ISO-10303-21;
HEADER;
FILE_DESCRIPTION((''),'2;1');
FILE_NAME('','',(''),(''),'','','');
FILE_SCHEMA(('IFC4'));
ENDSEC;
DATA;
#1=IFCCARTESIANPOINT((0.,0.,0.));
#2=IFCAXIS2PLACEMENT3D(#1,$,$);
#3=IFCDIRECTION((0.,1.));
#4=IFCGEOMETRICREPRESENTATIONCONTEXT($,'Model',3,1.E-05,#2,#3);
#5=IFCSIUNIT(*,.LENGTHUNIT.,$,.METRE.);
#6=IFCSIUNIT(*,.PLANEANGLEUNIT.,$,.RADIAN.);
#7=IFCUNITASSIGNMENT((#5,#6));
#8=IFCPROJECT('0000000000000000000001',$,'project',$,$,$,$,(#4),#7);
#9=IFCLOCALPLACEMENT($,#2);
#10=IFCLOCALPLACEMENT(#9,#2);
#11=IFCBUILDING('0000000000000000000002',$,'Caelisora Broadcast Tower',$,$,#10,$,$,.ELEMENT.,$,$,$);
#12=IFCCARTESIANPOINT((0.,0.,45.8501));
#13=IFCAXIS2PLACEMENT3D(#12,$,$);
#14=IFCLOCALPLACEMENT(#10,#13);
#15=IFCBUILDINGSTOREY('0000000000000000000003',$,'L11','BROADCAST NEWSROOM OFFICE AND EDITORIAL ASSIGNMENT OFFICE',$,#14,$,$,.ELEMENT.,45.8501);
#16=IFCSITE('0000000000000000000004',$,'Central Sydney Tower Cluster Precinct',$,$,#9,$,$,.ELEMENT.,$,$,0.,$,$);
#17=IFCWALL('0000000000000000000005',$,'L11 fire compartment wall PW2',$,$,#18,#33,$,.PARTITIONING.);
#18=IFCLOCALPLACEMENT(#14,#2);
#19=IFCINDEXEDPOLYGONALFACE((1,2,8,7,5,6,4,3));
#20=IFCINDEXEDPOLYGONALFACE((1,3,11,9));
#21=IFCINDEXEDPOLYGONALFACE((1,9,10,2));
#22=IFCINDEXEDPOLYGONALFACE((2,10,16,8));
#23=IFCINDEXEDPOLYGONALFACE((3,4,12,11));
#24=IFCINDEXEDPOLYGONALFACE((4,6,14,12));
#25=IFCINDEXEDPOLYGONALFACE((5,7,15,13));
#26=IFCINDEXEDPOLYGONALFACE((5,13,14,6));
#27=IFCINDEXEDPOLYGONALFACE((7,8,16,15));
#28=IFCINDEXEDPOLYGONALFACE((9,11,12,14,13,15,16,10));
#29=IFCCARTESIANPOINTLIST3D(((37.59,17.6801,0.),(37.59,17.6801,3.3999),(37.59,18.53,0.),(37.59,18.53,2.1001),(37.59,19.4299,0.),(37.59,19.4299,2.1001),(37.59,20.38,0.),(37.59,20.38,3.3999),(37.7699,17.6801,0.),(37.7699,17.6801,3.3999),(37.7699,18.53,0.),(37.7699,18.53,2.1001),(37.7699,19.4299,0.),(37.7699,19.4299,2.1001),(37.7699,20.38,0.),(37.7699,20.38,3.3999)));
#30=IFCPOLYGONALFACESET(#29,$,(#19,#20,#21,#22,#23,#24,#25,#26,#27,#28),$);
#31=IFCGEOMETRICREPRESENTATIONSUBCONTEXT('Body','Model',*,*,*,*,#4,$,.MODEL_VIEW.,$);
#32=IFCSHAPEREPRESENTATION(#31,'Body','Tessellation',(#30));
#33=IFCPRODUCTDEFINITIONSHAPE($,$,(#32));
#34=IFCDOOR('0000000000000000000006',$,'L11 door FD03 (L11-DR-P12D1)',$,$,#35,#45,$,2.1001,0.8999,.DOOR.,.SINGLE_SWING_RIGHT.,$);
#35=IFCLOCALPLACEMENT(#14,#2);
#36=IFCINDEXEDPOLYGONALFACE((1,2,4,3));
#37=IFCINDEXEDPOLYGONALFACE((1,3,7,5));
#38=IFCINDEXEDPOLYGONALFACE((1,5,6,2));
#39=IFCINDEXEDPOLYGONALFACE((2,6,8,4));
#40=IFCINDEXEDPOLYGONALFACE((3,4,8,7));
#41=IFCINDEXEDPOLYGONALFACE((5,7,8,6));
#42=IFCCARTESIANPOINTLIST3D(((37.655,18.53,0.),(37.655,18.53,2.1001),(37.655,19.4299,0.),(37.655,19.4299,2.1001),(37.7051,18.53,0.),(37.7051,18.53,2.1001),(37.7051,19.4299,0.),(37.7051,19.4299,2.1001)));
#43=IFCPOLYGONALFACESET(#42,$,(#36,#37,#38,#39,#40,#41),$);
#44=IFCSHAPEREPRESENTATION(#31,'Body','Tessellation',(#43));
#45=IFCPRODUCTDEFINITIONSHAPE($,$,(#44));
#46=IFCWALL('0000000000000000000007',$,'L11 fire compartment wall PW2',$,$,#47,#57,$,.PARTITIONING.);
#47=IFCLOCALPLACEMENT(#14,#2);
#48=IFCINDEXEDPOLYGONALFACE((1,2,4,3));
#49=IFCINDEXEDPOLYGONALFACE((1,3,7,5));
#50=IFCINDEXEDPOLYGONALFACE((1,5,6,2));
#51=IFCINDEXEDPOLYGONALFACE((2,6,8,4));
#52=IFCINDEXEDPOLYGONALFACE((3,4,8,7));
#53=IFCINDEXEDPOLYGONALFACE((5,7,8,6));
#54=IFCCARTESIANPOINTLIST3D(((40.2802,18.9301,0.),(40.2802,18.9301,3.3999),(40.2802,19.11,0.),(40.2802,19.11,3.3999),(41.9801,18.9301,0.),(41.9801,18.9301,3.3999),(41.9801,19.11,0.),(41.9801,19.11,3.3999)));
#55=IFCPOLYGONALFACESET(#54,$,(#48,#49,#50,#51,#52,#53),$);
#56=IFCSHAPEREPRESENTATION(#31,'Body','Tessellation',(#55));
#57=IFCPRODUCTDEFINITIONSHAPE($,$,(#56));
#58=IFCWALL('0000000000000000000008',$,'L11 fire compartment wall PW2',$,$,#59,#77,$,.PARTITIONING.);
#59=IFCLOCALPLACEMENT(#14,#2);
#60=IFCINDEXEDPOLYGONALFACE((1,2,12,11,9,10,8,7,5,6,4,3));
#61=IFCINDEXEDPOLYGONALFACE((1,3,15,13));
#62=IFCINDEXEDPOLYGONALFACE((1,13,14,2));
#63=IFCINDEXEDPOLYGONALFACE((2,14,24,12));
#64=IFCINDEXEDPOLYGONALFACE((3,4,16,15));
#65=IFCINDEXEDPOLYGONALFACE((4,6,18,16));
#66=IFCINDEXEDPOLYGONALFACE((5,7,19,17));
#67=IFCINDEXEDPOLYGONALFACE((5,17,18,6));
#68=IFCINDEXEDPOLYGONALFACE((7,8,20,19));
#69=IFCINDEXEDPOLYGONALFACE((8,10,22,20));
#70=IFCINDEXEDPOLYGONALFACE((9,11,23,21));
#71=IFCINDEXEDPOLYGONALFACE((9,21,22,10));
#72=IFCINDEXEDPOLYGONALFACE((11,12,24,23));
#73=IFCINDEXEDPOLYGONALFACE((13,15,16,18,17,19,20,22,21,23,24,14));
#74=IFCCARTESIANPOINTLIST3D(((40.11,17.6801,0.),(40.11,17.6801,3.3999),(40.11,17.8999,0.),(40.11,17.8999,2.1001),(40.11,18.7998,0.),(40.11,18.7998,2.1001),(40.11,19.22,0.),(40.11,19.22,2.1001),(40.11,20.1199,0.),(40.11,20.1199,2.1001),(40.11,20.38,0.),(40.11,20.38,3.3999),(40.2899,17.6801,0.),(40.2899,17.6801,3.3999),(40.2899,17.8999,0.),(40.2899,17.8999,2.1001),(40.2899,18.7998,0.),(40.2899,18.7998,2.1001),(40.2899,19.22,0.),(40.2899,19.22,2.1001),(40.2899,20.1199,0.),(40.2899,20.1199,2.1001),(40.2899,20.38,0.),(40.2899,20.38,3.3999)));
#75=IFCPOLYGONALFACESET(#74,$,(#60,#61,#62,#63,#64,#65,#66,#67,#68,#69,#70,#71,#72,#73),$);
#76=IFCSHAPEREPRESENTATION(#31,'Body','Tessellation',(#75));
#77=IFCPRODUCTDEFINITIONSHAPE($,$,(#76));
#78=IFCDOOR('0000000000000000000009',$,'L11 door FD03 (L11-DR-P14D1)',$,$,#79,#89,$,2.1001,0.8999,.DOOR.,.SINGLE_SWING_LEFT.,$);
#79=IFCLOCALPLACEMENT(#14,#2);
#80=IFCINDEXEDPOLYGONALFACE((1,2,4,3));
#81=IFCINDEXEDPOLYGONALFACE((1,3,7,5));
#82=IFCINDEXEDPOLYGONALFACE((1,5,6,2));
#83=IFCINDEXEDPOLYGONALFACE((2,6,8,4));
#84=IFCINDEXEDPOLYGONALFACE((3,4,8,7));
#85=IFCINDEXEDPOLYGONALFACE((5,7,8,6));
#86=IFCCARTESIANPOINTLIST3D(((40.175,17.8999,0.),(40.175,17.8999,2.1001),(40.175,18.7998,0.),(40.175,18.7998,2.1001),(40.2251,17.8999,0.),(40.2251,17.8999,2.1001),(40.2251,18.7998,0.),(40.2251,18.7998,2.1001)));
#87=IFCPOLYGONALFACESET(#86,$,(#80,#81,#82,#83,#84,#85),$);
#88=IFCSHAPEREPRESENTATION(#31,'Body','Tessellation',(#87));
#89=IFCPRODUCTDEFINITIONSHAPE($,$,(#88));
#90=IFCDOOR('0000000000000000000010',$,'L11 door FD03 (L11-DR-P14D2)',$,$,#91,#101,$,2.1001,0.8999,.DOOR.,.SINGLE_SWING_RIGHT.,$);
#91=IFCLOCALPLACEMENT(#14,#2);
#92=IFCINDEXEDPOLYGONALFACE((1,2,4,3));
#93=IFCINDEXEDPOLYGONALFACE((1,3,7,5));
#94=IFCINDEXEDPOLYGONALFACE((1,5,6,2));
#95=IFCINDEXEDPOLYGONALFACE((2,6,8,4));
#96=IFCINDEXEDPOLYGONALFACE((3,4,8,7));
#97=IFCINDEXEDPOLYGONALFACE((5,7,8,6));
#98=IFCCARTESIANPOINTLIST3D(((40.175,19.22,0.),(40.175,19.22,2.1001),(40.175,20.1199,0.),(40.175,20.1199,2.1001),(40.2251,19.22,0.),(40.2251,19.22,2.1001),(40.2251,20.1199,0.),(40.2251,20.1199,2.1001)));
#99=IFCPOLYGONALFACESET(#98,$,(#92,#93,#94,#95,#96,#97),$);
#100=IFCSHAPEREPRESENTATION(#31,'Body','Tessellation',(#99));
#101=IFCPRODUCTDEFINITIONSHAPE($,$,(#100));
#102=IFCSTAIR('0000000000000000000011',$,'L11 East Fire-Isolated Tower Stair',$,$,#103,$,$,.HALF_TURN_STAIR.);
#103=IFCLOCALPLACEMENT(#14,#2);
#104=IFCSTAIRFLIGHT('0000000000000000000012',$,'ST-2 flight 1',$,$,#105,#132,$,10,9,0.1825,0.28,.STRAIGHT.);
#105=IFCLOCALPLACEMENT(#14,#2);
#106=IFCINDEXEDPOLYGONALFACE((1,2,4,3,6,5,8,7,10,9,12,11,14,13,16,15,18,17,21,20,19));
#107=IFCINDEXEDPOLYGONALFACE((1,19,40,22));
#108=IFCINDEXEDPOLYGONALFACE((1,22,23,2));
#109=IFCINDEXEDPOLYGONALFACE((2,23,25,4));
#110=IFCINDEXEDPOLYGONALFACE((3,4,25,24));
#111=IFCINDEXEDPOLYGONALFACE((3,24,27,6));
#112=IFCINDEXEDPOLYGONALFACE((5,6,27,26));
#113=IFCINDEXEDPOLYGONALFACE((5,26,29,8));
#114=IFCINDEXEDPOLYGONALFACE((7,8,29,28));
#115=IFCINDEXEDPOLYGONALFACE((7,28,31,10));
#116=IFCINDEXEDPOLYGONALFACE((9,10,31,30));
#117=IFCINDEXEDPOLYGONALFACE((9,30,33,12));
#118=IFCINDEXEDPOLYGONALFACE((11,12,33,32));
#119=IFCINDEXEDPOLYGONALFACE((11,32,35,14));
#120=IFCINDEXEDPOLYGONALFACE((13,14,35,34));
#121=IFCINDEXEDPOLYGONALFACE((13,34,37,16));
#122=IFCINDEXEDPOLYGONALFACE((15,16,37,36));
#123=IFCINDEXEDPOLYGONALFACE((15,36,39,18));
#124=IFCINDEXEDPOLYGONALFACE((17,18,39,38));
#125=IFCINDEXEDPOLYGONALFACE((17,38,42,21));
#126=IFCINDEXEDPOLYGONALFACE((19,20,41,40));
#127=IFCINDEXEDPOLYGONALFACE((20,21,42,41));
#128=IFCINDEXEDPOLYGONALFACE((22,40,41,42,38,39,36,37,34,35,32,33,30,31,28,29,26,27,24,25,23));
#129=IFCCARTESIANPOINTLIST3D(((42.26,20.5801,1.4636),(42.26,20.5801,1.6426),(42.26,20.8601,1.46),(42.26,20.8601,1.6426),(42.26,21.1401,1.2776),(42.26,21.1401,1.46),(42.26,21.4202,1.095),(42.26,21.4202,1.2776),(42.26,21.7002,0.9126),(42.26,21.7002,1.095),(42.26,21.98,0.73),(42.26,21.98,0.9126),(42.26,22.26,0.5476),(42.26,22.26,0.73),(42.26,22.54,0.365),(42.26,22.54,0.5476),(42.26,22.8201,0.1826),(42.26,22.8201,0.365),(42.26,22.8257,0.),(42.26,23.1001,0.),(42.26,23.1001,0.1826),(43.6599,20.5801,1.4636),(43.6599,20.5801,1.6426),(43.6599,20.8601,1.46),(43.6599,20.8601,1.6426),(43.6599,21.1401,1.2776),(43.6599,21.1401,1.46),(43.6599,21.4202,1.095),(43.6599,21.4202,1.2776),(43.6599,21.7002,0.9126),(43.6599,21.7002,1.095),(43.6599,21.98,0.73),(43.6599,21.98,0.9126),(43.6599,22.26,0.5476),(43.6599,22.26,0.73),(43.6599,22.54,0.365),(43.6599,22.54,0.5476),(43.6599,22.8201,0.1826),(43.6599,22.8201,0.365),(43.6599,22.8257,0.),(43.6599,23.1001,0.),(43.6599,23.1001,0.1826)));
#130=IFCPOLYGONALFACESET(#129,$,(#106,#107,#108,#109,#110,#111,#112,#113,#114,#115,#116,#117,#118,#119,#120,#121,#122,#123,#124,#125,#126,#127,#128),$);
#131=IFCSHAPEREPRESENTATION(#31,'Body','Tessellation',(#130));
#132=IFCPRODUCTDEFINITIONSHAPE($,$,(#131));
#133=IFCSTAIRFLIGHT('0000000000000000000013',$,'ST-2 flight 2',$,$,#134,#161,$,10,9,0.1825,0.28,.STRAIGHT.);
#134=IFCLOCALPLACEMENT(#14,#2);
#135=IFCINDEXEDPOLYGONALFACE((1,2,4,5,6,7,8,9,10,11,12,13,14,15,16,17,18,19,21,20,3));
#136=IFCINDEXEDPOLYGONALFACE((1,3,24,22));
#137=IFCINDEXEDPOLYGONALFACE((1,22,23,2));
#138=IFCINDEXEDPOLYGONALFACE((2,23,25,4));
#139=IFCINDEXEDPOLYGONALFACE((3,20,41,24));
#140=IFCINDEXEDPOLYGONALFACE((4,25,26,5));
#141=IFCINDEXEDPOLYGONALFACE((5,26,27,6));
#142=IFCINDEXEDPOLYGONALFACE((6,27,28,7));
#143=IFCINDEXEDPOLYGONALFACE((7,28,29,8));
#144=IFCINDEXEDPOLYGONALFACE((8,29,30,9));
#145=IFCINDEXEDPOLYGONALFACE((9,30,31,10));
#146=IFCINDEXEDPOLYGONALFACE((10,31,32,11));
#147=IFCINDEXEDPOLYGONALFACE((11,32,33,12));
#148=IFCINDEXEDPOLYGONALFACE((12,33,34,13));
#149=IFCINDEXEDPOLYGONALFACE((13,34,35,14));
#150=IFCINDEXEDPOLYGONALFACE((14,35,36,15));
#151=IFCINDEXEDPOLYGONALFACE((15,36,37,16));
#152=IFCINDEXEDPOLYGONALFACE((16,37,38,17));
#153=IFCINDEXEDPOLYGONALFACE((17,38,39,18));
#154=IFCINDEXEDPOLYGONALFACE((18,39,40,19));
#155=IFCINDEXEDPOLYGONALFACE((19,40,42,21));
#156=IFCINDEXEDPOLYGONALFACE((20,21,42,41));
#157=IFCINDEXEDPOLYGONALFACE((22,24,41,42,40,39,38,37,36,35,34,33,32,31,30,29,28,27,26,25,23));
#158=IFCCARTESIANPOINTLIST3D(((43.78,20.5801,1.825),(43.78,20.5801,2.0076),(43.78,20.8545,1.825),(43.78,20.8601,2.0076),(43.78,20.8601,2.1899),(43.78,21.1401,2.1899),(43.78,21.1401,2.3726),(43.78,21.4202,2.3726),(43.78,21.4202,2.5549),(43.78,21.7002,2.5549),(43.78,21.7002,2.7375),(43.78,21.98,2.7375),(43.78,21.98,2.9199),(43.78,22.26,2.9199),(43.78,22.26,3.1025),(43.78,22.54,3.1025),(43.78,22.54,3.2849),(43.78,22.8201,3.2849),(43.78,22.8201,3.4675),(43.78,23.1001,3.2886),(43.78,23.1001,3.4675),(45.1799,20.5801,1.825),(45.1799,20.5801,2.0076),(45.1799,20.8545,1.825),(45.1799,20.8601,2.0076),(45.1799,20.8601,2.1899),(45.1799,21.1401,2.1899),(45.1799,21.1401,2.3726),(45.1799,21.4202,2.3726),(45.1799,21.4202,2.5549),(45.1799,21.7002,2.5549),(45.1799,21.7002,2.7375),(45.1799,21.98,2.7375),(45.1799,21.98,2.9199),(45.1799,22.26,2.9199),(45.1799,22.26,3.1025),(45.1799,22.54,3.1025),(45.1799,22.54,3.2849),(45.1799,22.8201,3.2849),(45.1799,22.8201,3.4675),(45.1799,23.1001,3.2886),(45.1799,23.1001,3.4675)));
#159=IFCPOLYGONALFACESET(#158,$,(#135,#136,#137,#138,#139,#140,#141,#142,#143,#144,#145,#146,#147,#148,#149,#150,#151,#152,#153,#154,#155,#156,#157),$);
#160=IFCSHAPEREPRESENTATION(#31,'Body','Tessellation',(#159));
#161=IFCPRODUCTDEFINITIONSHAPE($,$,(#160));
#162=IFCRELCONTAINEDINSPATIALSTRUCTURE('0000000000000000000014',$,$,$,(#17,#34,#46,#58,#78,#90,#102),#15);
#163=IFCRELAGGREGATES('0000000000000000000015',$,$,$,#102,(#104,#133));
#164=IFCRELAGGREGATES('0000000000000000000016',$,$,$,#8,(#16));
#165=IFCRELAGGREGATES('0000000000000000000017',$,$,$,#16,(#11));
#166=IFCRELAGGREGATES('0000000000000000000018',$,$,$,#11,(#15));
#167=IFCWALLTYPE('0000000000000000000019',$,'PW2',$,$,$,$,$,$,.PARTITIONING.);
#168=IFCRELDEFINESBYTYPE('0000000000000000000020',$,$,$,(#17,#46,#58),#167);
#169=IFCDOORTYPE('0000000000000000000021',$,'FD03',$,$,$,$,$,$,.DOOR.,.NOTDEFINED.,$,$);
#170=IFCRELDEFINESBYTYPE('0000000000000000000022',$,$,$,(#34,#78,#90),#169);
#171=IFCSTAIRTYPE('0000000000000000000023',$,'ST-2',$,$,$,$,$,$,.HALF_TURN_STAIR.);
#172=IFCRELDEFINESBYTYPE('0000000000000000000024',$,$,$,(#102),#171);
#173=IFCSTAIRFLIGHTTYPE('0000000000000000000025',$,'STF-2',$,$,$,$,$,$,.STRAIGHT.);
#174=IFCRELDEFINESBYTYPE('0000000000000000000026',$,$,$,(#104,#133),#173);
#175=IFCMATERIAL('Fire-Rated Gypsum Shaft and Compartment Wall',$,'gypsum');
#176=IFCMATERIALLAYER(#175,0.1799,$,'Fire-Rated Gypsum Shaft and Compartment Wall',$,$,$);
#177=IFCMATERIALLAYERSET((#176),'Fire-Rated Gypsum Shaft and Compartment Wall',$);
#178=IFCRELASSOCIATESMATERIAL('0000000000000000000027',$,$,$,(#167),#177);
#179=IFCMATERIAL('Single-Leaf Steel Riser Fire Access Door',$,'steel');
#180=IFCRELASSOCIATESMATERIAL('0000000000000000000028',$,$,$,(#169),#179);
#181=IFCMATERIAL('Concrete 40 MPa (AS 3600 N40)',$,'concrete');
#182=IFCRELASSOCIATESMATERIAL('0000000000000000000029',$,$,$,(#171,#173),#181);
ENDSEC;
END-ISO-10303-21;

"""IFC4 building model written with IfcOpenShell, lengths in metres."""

from ifc_helpers import new_model, si_unit, direction, frame, frame_2d, origin, place, context, subcontext, project, spatial, polyline, rectangle, outline, extrude, material, layer, layer_set, type_object, element, fill, aggregate, save


model = new_model("IFC4")

# Units and contexts
model_context = context("Model", 3, precision=1e-05, world=origin(), true_north=direction((0.0, 1.0)))
body_context = subcontext(model_context, "Body", "Model", "MODEL_VIEW")
ifc_project = project(units=[si_unit("LENGTHUNIT", "METRE"), si_unit("PLANEANGLEUNIT", "RADIAN")], contexts=[model_context])

# Site, building, storey
site_placement = place(None, origin())
site = spatial("IfcSite", under=ifc_project, at=site_placement, Name="Central Sydney Tower Cluster Precinct", CompositionType="ELEMENT", RefElevation=0.0)
building_placement = place(site_placement, origin())
building = spatial("IfcBuilding", under=site, at=building_placement, Name="Caelisora Broadcast Tower", CompositionType="ELEMENT")
storey_placement = place(building_placement, frame((0.0, 0.0, 45.8501)))
storey = spatial("IfcBuildingStorey", under=building, at=storey_placement, Name="L11", Description="BROADCAST NEWSROOM OFFICE AND EDITORIAL ASSIGNMENT OFFICE", CompositionType="ELEMENT", Elevation=45.8501)

# Shared definitions
ifc_material_1 = material(Name="Fire-Rated Gypsum Shaft and Compartment Wall", Category="gypsum")
ifc_layer_1 = layer(ifc_material_1, 0.1799, Name="Fire-Rated Gypsum Shaft and Compartment Wall")
ifc_layer_set_1 = layer_set([ifc_layer_1], Name="Fire-Rated Gypsum Shaft and Compartment Wall")
wall_type_1 = type_object("IfcWallType", Name="PW2", PredefinedType="PARTITIONING", material=ifc_layer_set_1)

# Wall, opening, door
wall_1_placement = place(storey_placement, frame((37.6799, 17.6799, 0.0), z_axis=(0.0, 0.0, 1.0), x_axis=(0.0, 1.0, 0.0)))
wall_1 = element("IfcWall", 1, at=wall_1_placement, inside=storey, type_object=wall_type_1, Name="L11 fire compartment wall PW2", PredefinedType="PARTITIONING", context=body_context, shape_type="SweptSolid", body=[
    extrude(rectangle(XDim=2.7, YDim=0.1799, at=frame_2d((1.3501, 0.0))), origin(), (0.0, 0.0, 1.0), 3.3999),
])
opening_1_placement = place(wall_1_placement, frame((0.8501, 0.0, 0.0)))
opening_1 = element("IfcOpeningElement", 2, at=opening_1_placement, cuts=wall_1, PredefinedType="OPENING", context=body_context, shape_type="SweptSolid", body=[
    extrude(rectangle(XDim=0.8999, YDim=2.1001, at=frame_2d((0.45, 1.05))), frame((0.0, 0.1021, 0.0), z_axis=(0.0, -1.0, 0.0), x_axis=(1.0, 0.0, 0.0)), (0.0, 0.0, 1.0), 0.2039),
])
ifc_material_2 = material(Name="Single-Leaf Steel Riser Fire Access Door", Category="steel")
door_type_1 = type_object("IfcDoorType", Name="FD03", OperationType="NOTDEFINED", PredefinedType="DOOR", material=ifc_material_2)
door_1_placement = place(opening_1_placement, origin())
door_1 = element("IfcDoor", 3, at=door_1_placement, inside=storey, type_object=door_type_1, Name="L11 door FD03 (L11-DR-P12D1)", OperationType="SINGLE_SWING_RIGHT", OverallHeight=2.1001, OverallWidth=0.8999, PredefinedType="DOOR", context=body_context, shape_type="SweptSolid", body=[
    extrude(rectangle(XDim=0.8999, YDim=2.1001, at=frame_2d((0.45, 1.05))), frame((0.0, 0.0249, 0.0), z_axis=(0.0, -1.0, 0.0), x_axis=(1.0, 0.0, 0.0)), (0.0, 0.0, 1.0), 0.05),
])
fill(opening_1, door_1)

# Wall
wall_2_placement = place(storey_placement, frame((40.28, 19.02, 0.0), z_axis=(0.0, 0.0, 1.0), x_axis=(1.0, 0.0, 0.0)))
element("IfcWall", 4, at=wall_2_placement, inside=storey, type_object=wall_type_1, Name="L11 fire compartment wall PW2", PredefinedType="PARTITIONING", context=body_context, shape_type="SweptSolid", body=[
    extrude(rectangle(XDim=1.7, YDim=0.1799, at=frame_2d((0.8501, 0.0))), origin(), (0.0, 0.0, 1.0), 3.3999),
])

# Wall, openings, doors
wall_3_placement = place(storey_placement, frame((40.2, 17.6799, 0.0), z_axis=(0.0, 0.0, 1.0), x_axis=(0.0, 1.0, 0.0)))
wall_3 = element("IfcWall", 5, at=wall_3_placement, inside=storey, type_object=wall_type_1, Name="L11 fire compartment wall PW2", PredefinedType="PARTITIONING", context=body_context, shape_type="SweptSolid", body=[
    extrude(rectangle(XDim=2.7, YDim=0.1799, at=frame_2d((1.3501, 0.0))), origin(), (0.0, 0.0, 1.0), 3.3999),
])
opening_2_placement = place(wall_3_placement, frame((0.22, 0.0, 0.0)))
opening_2 = element("IfcOpeningElement", 6, at=opening_2_placement, cuts=wall_3, PredefinedType="OPENING", context=body_context, shape_type="SweptSolid", body=[
    extrude(rectangle(XDim=0.8999, YDim=2.1001, at=frame_2d((0.45, 1.05))), frame((0.0, 0.1021, 0.0), z_axis=(0.0, -1.0, 0.0), x_axis=(1.0, 0.0, 0.0)), (0.0, 0.0, 1.0), 0.2039),
])
opening_3_placement = place(wall_3_placement, frame((1.54, 0.0, 0.0)))
opening_3 = element("IfcOpeningElement", 7, at=opening_3_placement, cuts=wall_3, PredefinedType="OPENING", context=body_context, shape_type="SweptSolid", body=[
    extrude(rectangle(XDim=0.8999, YDim=2.1001, at=frame_2d((0.45, 1.05))), frame((0.0, 0.1021, 0.0), z_axis=(0.0, -1.0, 0.0), x_axis=(1.0, 0.0, 0.0)), (0.0, 0.0, 1.0), 0.2039),
])
door_2_placement = place(opening_2_placement, origin())
door_2 = element("IfcDoor", 8, at=door_2_placement, inside=storey, type_object=door_type_1, Name="L11 door FD03 (L11-DR-P14D1)", OperationType="SINGLE_SWING_LEFT", OverallHeight=2.1001, OverallWidth=0.8999, PredefinedType="DOOR", context=body_context, shape_type="SweptSolid", body=[
    extrude(rectangle(XDim=0.8999, YDim=2.1001, at=frame_2d((0.45, 1.05))), frame((0.0, 0.0249, 0.0), z_axis=(0.0, -1.0, 0.0), x_axis=(1.0, 0.0, 0.0)), (0.0, 0.0, 1.0), 0.05),
])
fill(opening_2, door_2)
door_3_placement = place(opening_3_placement, origin())
door_3 = element("IfcDoor", 9, at=door_3_placement, inside=storey, type_object=door_type_1, Name="L11 door FD03 (L11-DR-P14D2)", OperationType="SINGLE_SWING_RIGHT", OverallHeight=2.1001, OverallWidth=0.8999, PredefinedType="DOOR", context=body_context, shape_type="SweptSolid", body=[
    extrude(rectangle(XDim=0.8999, YDim=2.1001, at=frame_2d((0.45, 1.05))), frame((0.0, 0.0249, 0.0), z_axis=(0.0, -1.0, 0.0), x_axis=(1.0, 0.0, 0.0)), (0.0, 0.0, 1.0), 0.05),
])
fill(opening_3, door_3)

# Stair, stair flights
ifc_material_3 = material(Name="Concrete 40 MPa (AS 3600 N40)", Category="concrete")
stair_type = type_object("IfcStairType", Name="ST-2", PredefinedType="HALF_TURN_STAIR", material=ifc_material_3)
stair_placement = place(storey_placement, origin())
stair = element("IfcStair", 10, at=stair_placement, inside=storey, type_object=stair_type, Name="L11 East Fire-Isolated Tower Stair", PredefinedType="HALF_TURN_STAIR")
stair_flight_type = type_object("IfcStairFlightType", Name="STF-2", PredefinedType="STRAIGHT", material=ifc_material_3)
stair_flight_1_placement = place(storey_placement, frame((42.96, 23.1001, 0.0), z_axis=(0.0, 0.0, 1.0), x_axis=(0.0, -1.0, 0.0)))
stair_flight_1 = element("IfcStairFlight", 11, at=stair_flight_1_placement, type_object=stair_flight_type, Name="ST-2 flight 1", NumberOfRisers=10, NumberOfTreads=9, PredefinedType="STRAIGHT", RiserHeight=0.1825, TreadLength=0.28, context=body_context, shape_type="SweptSolid", body=[
    extrude(outline(polyline([(0.0, 0.0), (0.0, 0.1826), (0.28, 0.1826), (0.28, 0.365), (0.5601, 0.365), (0.5601, 0.5476), (0.8401, 0.5476), (0.8401, 0.73), (1.1201, 0.73), (1.1201, 0.9126), (1.3999, 0.9126), (1.3999, 1.095), (1.6799, 1.095), (1.6799, 1.2776), (1.96, 1.2776), (1.96, 1.46), (2.24, 1.46), (2.24, 1.6426), (2.52, 1.6426), (2.52, 1.825), (2.52, 1.4636), (0.2744, 0.0), (0.0, 0.0)])), frame((0.0, 0.7, 0.0), z_axis=(0.0, -1.0, 0.0), x_axis=(1.0, 0.0, 0.0)), (0.0, 0.0, 1.0), 1.3999),
])
stair_flight_2_placement = place(storey_placement, frame((44.48, 20.5801, 1.825), z_axis=(0.0, 0.0, 1.0), x_axis=(0.0, 1.0, 0.0)))
stair_flight_2 = element("IfcStairFlight", 12, at=stair_flight_2_placement, type_object=stair_flight_type, Name="ST-2 flight 2", NumberOfRisers=10, NumberOfTreads=9, PredefinedType="STRAIGHT", RiserHeight=0.1825, TreadLength=0.28, context=body_context, shape_type="SweptSolid", body=[
    extrude(outline(polyline([(0.0, 0.0), (0.0, 0.1826), (0.28, 0.1826), (0.28, 0.365), (0.5601, 0.365), (0.5601, 0.5476), (0.8401, 0.5476), (0.8401, 0.73), (1.1201, 0.73), (1.1201, 0.9126), (1.3999, 0.9126), (1.3999, 1.095), (1.6799, 1.095), (1.6799, 1.2776), (1.96, 1.2776), (1.96, 1.46), (2.24, 1.46), (2.24, 1.6426), (2.52, 1.6426), (2.52, 1.825), (2.52, 1.4636), (0.2744, 0.0), (0.0, 0.0)])), frame((0.0, 0.7, 0.0), z_axis=(0.0, -1.0, 0.0), x_axis=(1.0, 0.0, 0.0)), (0.0, 0.0, 1.0), 1.3999),
])
aggregate(stair, [stair_flight_1, stair_flight_2])

save(model, "model.ifc")
